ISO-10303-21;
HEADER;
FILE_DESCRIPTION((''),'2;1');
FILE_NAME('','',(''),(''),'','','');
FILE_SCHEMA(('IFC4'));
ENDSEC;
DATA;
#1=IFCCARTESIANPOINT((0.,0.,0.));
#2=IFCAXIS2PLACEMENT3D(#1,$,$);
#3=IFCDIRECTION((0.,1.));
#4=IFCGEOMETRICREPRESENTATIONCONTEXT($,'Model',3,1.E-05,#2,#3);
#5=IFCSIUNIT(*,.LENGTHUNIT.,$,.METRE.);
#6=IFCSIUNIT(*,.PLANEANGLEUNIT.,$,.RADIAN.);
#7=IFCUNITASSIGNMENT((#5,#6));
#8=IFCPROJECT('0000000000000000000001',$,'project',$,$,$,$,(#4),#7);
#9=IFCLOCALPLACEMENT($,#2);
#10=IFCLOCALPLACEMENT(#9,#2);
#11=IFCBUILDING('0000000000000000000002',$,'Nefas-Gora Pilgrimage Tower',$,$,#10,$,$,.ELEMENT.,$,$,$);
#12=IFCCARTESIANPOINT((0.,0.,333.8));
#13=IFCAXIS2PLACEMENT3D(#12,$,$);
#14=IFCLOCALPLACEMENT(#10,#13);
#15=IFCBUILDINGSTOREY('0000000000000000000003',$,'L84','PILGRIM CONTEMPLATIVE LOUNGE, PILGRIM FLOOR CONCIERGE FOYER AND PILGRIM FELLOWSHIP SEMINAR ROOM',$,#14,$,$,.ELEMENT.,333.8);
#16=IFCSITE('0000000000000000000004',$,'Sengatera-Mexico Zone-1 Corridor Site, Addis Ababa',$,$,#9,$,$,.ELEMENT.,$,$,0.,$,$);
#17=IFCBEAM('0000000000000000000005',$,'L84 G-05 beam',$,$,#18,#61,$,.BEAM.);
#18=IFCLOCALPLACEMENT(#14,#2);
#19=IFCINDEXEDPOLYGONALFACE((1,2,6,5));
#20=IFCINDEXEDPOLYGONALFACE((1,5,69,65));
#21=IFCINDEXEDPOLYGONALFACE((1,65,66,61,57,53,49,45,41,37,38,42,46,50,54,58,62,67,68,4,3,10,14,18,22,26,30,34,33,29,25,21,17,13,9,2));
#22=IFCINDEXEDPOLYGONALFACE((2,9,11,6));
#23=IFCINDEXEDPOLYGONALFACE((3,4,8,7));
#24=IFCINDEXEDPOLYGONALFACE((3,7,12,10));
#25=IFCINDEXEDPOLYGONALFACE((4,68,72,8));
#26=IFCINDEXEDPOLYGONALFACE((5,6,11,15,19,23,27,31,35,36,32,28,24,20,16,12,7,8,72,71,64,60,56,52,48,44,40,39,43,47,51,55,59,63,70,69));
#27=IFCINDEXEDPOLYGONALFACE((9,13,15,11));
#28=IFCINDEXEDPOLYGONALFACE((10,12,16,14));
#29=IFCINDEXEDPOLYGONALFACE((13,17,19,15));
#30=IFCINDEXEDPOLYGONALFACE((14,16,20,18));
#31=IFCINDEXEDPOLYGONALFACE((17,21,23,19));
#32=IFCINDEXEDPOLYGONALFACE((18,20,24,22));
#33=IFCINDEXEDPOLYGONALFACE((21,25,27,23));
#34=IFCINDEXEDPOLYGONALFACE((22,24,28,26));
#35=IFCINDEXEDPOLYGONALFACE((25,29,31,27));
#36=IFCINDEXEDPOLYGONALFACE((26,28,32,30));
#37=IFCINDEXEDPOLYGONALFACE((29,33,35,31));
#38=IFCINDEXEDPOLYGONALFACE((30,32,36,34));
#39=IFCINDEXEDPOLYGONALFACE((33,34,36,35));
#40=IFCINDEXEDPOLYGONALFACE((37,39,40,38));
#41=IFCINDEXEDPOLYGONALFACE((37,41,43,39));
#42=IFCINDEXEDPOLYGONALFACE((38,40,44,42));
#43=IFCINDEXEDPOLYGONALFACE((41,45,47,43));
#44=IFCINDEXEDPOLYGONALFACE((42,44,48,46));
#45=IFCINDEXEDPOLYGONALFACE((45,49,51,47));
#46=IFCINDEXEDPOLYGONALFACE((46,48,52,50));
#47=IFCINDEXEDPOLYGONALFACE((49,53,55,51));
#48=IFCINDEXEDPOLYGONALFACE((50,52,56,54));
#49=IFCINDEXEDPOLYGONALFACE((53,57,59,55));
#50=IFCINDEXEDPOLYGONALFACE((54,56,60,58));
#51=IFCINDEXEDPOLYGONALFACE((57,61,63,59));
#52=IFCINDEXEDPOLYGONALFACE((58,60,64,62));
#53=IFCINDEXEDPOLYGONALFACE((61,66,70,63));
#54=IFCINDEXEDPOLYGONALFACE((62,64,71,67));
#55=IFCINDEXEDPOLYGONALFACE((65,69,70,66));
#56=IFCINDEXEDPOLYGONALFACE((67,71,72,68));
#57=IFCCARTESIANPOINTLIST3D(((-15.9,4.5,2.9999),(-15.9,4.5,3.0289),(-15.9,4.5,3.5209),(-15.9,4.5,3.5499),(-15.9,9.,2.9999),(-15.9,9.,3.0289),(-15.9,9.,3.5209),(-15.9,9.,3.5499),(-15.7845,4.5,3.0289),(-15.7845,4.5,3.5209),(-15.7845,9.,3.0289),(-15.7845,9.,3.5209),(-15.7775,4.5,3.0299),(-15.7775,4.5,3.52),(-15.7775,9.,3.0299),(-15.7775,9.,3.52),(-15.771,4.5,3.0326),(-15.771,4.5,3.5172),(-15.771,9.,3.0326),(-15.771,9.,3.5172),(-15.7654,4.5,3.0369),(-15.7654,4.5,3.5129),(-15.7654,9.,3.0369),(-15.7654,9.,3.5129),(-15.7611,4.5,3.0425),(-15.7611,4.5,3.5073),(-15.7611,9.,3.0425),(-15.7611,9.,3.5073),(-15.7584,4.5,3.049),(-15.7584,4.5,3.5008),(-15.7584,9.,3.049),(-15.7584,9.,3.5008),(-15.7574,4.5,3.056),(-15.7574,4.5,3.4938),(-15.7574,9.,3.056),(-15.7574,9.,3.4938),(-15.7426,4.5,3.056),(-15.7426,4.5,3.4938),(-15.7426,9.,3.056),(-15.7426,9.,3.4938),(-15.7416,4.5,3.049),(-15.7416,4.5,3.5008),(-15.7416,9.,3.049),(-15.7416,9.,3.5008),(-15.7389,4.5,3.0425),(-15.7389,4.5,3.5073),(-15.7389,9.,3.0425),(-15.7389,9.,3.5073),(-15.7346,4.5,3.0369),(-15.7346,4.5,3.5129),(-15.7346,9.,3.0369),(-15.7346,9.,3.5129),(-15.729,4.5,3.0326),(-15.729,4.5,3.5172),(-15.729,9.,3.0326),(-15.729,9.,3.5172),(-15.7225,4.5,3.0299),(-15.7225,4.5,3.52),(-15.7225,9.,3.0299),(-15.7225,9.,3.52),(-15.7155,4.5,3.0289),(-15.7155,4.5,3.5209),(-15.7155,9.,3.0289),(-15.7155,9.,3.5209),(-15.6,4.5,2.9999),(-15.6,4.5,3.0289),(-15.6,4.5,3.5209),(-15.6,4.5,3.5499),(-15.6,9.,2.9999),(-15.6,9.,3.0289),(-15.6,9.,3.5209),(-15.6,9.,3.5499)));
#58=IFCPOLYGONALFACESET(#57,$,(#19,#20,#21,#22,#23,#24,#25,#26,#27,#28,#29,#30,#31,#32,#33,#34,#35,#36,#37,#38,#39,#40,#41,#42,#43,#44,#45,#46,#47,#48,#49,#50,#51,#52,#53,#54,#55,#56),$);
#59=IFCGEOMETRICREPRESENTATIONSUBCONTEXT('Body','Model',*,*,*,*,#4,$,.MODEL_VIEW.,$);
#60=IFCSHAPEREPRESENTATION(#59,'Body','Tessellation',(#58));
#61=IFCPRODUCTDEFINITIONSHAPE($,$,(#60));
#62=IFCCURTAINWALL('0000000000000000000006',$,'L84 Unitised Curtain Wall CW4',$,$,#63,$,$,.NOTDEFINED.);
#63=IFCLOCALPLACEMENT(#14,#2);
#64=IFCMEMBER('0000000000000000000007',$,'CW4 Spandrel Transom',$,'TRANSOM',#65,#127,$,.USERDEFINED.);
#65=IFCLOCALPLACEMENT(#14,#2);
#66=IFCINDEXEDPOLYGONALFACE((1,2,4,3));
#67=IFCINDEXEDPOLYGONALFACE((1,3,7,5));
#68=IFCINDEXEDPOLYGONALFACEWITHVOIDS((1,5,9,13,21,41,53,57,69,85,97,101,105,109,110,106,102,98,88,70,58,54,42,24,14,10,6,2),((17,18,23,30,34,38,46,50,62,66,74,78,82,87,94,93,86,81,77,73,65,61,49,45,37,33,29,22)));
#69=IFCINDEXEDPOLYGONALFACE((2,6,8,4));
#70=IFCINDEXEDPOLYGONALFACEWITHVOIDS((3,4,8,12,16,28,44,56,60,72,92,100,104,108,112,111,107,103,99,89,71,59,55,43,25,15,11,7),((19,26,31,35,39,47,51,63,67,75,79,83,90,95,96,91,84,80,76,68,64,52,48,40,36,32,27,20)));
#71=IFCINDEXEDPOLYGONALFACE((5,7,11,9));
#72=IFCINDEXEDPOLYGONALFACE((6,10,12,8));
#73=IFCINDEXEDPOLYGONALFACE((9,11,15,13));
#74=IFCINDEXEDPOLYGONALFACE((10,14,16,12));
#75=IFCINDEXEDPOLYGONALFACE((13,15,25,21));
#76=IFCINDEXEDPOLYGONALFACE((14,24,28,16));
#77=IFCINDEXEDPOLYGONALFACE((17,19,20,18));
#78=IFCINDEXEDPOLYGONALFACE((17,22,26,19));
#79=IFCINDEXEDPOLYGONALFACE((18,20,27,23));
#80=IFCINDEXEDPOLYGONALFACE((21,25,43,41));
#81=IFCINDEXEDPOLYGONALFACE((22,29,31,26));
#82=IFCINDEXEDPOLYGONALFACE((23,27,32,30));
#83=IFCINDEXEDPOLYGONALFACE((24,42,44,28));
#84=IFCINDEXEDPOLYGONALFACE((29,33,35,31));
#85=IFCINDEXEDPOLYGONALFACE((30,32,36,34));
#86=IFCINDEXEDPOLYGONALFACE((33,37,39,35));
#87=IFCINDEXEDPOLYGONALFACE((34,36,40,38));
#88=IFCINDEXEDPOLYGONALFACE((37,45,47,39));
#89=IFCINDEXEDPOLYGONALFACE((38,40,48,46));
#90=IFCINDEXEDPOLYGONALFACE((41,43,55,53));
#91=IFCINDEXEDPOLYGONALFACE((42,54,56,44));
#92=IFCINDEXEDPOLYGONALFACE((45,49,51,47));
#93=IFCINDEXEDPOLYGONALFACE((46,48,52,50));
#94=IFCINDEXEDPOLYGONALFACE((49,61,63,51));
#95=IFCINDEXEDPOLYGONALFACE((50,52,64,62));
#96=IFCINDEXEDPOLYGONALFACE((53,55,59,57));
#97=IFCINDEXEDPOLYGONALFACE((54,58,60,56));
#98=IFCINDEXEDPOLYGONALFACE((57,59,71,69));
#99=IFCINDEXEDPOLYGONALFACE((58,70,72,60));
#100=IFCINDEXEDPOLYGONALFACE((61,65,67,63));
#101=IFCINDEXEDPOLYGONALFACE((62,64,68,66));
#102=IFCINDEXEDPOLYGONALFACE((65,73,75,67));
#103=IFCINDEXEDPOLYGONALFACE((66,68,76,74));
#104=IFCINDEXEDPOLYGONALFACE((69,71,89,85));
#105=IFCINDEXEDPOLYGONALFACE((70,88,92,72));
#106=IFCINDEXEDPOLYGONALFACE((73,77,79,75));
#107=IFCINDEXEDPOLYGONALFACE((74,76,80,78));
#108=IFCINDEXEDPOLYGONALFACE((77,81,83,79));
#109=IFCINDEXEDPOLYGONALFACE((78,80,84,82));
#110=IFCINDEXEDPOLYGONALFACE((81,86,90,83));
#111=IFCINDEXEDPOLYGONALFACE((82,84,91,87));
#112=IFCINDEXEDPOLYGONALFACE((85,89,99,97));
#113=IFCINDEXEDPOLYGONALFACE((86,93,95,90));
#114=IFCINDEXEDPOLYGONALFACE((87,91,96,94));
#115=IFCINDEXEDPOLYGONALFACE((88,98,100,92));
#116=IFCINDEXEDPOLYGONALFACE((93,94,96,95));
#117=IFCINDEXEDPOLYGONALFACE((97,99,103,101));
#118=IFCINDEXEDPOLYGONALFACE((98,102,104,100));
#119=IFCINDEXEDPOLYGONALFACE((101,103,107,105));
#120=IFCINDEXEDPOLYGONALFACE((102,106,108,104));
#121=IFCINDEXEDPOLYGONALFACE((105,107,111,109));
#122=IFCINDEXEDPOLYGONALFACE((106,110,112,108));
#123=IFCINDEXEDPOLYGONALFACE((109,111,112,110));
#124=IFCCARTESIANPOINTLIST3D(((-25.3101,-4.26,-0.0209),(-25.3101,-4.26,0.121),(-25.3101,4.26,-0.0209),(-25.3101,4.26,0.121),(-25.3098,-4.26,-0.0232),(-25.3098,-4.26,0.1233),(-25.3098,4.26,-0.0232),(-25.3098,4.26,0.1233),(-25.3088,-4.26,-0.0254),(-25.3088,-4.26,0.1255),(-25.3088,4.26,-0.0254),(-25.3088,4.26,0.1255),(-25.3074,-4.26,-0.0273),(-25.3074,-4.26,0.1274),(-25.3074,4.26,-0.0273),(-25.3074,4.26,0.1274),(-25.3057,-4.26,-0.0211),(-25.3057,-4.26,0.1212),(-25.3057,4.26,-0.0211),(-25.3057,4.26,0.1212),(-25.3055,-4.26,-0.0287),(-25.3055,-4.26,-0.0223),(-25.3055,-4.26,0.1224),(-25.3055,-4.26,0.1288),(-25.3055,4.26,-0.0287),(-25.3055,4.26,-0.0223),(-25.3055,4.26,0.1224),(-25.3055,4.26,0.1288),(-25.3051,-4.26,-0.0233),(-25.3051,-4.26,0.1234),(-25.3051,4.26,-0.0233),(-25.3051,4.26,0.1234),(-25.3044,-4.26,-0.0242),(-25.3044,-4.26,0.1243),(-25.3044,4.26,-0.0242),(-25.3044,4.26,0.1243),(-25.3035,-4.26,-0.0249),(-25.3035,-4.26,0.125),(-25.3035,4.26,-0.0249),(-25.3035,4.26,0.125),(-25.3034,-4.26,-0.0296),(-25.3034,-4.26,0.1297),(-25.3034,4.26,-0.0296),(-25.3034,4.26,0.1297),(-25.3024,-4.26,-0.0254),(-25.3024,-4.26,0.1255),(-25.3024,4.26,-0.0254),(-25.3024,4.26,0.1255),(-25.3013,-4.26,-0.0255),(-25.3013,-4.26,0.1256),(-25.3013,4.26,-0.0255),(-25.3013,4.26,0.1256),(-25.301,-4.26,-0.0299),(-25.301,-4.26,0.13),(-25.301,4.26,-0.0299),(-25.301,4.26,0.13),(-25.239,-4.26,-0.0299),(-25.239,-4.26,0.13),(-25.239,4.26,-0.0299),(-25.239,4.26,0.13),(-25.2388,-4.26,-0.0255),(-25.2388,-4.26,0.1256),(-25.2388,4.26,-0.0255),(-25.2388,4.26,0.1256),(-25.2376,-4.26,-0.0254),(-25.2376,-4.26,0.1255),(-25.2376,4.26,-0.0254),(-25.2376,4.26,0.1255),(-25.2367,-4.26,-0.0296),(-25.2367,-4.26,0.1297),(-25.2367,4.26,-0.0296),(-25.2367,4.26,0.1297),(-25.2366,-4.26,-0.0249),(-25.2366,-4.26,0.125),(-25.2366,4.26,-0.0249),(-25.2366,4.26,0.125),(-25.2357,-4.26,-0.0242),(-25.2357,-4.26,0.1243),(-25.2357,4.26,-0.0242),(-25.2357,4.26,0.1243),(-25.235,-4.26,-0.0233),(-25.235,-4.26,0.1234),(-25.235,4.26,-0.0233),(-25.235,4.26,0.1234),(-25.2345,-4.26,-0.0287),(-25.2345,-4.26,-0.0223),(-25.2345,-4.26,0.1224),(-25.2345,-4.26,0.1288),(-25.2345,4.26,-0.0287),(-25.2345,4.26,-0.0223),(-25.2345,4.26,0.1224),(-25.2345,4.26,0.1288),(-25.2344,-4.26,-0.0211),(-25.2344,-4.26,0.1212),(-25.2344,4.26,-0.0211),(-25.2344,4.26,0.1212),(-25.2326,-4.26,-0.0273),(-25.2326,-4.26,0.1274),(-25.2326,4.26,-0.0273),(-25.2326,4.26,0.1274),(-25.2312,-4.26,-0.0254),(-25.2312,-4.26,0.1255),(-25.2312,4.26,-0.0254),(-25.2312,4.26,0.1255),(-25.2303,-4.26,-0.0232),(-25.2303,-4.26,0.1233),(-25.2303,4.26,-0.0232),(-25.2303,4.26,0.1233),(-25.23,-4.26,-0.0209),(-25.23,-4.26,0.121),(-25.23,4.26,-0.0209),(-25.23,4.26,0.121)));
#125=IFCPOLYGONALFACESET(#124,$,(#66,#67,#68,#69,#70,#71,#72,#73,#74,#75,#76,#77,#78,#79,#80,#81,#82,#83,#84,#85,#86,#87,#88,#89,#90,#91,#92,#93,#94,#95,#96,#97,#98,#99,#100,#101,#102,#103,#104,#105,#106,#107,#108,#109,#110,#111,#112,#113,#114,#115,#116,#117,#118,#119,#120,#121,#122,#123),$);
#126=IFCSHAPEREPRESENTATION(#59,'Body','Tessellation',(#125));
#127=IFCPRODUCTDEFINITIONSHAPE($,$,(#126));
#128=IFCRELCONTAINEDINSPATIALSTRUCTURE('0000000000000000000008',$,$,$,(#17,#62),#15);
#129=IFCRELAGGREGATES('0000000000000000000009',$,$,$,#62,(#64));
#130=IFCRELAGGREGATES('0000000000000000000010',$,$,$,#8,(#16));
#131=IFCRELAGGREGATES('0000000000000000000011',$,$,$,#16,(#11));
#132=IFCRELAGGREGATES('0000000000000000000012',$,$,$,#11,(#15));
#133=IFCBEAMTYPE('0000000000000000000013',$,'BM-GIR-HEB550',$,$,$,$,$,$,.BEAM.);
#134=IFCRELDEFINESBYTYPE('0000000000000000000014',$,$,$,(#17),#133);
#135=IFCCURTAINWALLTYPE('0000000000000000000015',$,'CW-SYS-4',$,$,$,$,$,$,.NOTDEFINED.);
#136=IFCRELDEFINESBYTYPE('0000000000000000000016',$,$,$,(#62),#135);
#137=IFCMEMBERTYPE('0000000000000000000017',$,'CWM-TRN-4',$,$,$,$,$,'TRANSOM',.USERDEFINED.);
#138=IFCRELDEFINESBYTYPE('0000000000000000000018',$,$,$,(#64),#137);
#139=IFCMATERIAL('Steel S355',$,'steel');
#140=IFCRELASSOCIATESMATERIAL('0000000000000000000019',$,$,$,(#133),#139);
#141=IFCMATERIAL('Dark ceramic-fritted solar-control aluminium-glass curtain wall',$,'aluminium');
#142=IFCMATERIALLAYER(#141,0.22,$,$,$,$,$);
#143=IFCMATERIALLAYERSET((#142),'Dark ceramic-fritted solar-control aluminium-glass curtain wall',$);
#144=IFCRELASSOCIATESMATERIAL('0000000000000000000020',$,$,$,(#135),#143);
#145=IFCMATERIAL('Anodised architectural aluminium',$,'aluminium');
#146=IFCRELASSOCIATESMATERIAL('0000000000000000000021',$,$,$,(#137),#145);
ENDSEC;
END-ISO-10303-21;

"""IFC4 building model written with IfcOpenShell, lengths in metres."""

from ifc_helpers import new_model, si_unit, direction, frame, origin, origin_2d, place, context, subcontext, project, spatial, hollow_rectangle, i_section, extrude, source, transform, mapped, material, layer, layer_set, material_profile, profile_set, type_object, element, aggregate, save


model = new_model("IFC4")

# Units and contexts
model_context = context("Model", 3, precision=1e-05, world=origin(), true_north=direction((0.0, 1.0)))
body_context = subcontext(model_context, "Body", "Model", "MODEL_VIEW")
ifc_project = project(units=[si_unit("LENGTHUNIT", "METRE"), si_unit("PLANEANGLEUNIT", "RADIAN")], contexts=[model_context])

# Site, building, storey
site_placement = place(None, origin())
site = spatial("IfcSite", under=ifc_project, at=site_placement, Name="Sengatera-Mexico Zone-1 Corridor Site, Addis Ababa", CompositionType="ELEMENT", RefElevation=0.0)
building_placement = place(site_placement, origin())
building = spatial("IfcBuilding", under=site, at=building_placement, Name="Nefas-Gora Pilgrimage Tower", CompositionType="ELEMENT")
storey_placement = place(building_placement, frame((0.0, 0.0, 333.8)))
storey = spatial("IfcBuildingStorey", under=building, at=storey_placement, Name="L84", Description="PILGRIM CONTEMPLATIVE LOUNGE, PILGRIM FLOOR CONCIERGE FOYER AND PILGRIM FELLOWSHIP SEMINAR ROOM", CompositionType="ELEMENT", Elevation=333.8)

# Shared definitions
ifc_material_1 = material(Name="Steel S355", Category="steel")

# Beam
ifc_material_profile_1 = material_profile(ifc_material_1, i_section(OverallWidth=0.3, OverallDepth=0.55, WebThickness=0.0149, FlangeThickness=0.0291, FilletRadius=0.0271, at=origin_2d()), Name="HEB 550")
ifc_profile_set_1 = profile_set([ifc_material_profile_1], Name="Steel S355")
beam_type_1 = type_object("IfcBeamType", Name="BM-GIR-HEB550", PredefinedType="BEAM", material=ifc_profile_set_1)
shared_shape_1 = source(origin(), body_context, "Body", "SweptSolid", [
    extrude(i_section(OverallWidth=0.3, OverallDepth=0.55, WebThickness=0.0149, FlangeThickness=0.0291, FilletRadius=0.0271, at=origin_2d()), origin(), (0.0, 0.0, 1.0), 4.5),
])
for number, where, z_axis, x_axis, name in (
    (1, (-15.75, 4.5, 3.2749), (0.0, 1.0, 0.0), (-1.0, 0.0, 0.0), "L84 G-05 beam"),
):
    element("IfcBeam", number, at=place(storey_placement, frame(where, z_axis=z_axis, x_axis=x_axis)), inside=storey, type_object=beam_type_1, Name=name, PredefinedType="BEAM", context=body_context, shape_type="MappedRepresentation", body=[
        mapped(shared_shape_1, transform((0.0, 0.0, 0.0), x_axis=(1.0, 0.0, 0.0), y_axis=(0.0, 1.0, 0.0), z_axis=(0.0, 0.0, 1.0), scale=1.0)),
    ])

# Curtain wall, member
ifc_material_2 = material(Name="Dark ceramic-fritted solar-control aluminium-glass curtain wall", Category="aluminium")
ifc_layer_1 = layer(ifc_material_2, 0.22)
ifc_layer_set_1 = layer_set([ifc_layer_1], Name="Dark ceramic-fritted solar-control aluminium-glass curtain wall")
curtain_wall_type = type_object("IfcCurtainWallType", Name="CW-SYS-4", PredefinedType="NOTDEFINED", material=ifc_layer_set_1)
curtain_wall_placement = place(storey_placement, origin())
curtain_wall = element("IfcCurtainWall", 2, at=curtain_wall_placement, inside=storey, type_object=curtain_wall_type, Name="L84 Unitised Curtain Wall CW4", PredefinedType="NOTDEFINED")
ifc_material_3 = material(Name="Anodised architectural aluminium", Category="aluminium")
ifc_material_profile_2 = material_profile(ifc_material_3, hollow_rectangle(XDim=0.0801, YDim=0.1599, WallThickness=0.0044, InnerFilletRadius=0.0044, OuterFilletRadius=0.009, at=origin_2d()), Name="ALU TRANSOM 80x160")
ifc_profile_set_2 = profile_set([ifc_material_profile_2], Name="Anodised architectural aluminium")
member_type_1 = type_object("IfcMemberType", Name="CWM-TRN-4", ElementType="TRANSOM", PredefinedType="USERDEFINED", material=ifc_profile_set_2)
shared_shape_2 = source(origin(), body_context, "Body", "SweptSolid", [
    extrude(hollow_rectangle(XDim=0.0801, YDim=0.1599, WallThickness=0.0044, InnerFilletRadius=0.0044, OuterFilletRadius=0.009, at=origin_2d()), origin(), (0.0, 0.0, 1.0), 8.52),
])
member_1_placement = place(storey_placement, frame((-25.27, 4.26, 0.05), z_axis=(0.0, -1.0, 0.0), x_axis=(1.0, 0.0, 0.0)))
member_1 = element("IfcMember", 3, at=member_1_placement, type_object=member_type_1, Name="CW4 Spandrel Transom", ObjectType="TRANSOM", PredefinedType="USERDEFINED", context=body_context, shape_type="MappedRepresentation", body=[
    mapped(shared_shape_2, transform((0.0, 0.0, 0.0), x_axis=(1.0, 0.0, 0.0), y_axis=(0.0, 1.0, 0.0), z_axis=(0.0, 0.0, 1.0), scale=1.0)),
])

aggregate(curtain_wall, [member_1])

save(model, "model.ifc")
